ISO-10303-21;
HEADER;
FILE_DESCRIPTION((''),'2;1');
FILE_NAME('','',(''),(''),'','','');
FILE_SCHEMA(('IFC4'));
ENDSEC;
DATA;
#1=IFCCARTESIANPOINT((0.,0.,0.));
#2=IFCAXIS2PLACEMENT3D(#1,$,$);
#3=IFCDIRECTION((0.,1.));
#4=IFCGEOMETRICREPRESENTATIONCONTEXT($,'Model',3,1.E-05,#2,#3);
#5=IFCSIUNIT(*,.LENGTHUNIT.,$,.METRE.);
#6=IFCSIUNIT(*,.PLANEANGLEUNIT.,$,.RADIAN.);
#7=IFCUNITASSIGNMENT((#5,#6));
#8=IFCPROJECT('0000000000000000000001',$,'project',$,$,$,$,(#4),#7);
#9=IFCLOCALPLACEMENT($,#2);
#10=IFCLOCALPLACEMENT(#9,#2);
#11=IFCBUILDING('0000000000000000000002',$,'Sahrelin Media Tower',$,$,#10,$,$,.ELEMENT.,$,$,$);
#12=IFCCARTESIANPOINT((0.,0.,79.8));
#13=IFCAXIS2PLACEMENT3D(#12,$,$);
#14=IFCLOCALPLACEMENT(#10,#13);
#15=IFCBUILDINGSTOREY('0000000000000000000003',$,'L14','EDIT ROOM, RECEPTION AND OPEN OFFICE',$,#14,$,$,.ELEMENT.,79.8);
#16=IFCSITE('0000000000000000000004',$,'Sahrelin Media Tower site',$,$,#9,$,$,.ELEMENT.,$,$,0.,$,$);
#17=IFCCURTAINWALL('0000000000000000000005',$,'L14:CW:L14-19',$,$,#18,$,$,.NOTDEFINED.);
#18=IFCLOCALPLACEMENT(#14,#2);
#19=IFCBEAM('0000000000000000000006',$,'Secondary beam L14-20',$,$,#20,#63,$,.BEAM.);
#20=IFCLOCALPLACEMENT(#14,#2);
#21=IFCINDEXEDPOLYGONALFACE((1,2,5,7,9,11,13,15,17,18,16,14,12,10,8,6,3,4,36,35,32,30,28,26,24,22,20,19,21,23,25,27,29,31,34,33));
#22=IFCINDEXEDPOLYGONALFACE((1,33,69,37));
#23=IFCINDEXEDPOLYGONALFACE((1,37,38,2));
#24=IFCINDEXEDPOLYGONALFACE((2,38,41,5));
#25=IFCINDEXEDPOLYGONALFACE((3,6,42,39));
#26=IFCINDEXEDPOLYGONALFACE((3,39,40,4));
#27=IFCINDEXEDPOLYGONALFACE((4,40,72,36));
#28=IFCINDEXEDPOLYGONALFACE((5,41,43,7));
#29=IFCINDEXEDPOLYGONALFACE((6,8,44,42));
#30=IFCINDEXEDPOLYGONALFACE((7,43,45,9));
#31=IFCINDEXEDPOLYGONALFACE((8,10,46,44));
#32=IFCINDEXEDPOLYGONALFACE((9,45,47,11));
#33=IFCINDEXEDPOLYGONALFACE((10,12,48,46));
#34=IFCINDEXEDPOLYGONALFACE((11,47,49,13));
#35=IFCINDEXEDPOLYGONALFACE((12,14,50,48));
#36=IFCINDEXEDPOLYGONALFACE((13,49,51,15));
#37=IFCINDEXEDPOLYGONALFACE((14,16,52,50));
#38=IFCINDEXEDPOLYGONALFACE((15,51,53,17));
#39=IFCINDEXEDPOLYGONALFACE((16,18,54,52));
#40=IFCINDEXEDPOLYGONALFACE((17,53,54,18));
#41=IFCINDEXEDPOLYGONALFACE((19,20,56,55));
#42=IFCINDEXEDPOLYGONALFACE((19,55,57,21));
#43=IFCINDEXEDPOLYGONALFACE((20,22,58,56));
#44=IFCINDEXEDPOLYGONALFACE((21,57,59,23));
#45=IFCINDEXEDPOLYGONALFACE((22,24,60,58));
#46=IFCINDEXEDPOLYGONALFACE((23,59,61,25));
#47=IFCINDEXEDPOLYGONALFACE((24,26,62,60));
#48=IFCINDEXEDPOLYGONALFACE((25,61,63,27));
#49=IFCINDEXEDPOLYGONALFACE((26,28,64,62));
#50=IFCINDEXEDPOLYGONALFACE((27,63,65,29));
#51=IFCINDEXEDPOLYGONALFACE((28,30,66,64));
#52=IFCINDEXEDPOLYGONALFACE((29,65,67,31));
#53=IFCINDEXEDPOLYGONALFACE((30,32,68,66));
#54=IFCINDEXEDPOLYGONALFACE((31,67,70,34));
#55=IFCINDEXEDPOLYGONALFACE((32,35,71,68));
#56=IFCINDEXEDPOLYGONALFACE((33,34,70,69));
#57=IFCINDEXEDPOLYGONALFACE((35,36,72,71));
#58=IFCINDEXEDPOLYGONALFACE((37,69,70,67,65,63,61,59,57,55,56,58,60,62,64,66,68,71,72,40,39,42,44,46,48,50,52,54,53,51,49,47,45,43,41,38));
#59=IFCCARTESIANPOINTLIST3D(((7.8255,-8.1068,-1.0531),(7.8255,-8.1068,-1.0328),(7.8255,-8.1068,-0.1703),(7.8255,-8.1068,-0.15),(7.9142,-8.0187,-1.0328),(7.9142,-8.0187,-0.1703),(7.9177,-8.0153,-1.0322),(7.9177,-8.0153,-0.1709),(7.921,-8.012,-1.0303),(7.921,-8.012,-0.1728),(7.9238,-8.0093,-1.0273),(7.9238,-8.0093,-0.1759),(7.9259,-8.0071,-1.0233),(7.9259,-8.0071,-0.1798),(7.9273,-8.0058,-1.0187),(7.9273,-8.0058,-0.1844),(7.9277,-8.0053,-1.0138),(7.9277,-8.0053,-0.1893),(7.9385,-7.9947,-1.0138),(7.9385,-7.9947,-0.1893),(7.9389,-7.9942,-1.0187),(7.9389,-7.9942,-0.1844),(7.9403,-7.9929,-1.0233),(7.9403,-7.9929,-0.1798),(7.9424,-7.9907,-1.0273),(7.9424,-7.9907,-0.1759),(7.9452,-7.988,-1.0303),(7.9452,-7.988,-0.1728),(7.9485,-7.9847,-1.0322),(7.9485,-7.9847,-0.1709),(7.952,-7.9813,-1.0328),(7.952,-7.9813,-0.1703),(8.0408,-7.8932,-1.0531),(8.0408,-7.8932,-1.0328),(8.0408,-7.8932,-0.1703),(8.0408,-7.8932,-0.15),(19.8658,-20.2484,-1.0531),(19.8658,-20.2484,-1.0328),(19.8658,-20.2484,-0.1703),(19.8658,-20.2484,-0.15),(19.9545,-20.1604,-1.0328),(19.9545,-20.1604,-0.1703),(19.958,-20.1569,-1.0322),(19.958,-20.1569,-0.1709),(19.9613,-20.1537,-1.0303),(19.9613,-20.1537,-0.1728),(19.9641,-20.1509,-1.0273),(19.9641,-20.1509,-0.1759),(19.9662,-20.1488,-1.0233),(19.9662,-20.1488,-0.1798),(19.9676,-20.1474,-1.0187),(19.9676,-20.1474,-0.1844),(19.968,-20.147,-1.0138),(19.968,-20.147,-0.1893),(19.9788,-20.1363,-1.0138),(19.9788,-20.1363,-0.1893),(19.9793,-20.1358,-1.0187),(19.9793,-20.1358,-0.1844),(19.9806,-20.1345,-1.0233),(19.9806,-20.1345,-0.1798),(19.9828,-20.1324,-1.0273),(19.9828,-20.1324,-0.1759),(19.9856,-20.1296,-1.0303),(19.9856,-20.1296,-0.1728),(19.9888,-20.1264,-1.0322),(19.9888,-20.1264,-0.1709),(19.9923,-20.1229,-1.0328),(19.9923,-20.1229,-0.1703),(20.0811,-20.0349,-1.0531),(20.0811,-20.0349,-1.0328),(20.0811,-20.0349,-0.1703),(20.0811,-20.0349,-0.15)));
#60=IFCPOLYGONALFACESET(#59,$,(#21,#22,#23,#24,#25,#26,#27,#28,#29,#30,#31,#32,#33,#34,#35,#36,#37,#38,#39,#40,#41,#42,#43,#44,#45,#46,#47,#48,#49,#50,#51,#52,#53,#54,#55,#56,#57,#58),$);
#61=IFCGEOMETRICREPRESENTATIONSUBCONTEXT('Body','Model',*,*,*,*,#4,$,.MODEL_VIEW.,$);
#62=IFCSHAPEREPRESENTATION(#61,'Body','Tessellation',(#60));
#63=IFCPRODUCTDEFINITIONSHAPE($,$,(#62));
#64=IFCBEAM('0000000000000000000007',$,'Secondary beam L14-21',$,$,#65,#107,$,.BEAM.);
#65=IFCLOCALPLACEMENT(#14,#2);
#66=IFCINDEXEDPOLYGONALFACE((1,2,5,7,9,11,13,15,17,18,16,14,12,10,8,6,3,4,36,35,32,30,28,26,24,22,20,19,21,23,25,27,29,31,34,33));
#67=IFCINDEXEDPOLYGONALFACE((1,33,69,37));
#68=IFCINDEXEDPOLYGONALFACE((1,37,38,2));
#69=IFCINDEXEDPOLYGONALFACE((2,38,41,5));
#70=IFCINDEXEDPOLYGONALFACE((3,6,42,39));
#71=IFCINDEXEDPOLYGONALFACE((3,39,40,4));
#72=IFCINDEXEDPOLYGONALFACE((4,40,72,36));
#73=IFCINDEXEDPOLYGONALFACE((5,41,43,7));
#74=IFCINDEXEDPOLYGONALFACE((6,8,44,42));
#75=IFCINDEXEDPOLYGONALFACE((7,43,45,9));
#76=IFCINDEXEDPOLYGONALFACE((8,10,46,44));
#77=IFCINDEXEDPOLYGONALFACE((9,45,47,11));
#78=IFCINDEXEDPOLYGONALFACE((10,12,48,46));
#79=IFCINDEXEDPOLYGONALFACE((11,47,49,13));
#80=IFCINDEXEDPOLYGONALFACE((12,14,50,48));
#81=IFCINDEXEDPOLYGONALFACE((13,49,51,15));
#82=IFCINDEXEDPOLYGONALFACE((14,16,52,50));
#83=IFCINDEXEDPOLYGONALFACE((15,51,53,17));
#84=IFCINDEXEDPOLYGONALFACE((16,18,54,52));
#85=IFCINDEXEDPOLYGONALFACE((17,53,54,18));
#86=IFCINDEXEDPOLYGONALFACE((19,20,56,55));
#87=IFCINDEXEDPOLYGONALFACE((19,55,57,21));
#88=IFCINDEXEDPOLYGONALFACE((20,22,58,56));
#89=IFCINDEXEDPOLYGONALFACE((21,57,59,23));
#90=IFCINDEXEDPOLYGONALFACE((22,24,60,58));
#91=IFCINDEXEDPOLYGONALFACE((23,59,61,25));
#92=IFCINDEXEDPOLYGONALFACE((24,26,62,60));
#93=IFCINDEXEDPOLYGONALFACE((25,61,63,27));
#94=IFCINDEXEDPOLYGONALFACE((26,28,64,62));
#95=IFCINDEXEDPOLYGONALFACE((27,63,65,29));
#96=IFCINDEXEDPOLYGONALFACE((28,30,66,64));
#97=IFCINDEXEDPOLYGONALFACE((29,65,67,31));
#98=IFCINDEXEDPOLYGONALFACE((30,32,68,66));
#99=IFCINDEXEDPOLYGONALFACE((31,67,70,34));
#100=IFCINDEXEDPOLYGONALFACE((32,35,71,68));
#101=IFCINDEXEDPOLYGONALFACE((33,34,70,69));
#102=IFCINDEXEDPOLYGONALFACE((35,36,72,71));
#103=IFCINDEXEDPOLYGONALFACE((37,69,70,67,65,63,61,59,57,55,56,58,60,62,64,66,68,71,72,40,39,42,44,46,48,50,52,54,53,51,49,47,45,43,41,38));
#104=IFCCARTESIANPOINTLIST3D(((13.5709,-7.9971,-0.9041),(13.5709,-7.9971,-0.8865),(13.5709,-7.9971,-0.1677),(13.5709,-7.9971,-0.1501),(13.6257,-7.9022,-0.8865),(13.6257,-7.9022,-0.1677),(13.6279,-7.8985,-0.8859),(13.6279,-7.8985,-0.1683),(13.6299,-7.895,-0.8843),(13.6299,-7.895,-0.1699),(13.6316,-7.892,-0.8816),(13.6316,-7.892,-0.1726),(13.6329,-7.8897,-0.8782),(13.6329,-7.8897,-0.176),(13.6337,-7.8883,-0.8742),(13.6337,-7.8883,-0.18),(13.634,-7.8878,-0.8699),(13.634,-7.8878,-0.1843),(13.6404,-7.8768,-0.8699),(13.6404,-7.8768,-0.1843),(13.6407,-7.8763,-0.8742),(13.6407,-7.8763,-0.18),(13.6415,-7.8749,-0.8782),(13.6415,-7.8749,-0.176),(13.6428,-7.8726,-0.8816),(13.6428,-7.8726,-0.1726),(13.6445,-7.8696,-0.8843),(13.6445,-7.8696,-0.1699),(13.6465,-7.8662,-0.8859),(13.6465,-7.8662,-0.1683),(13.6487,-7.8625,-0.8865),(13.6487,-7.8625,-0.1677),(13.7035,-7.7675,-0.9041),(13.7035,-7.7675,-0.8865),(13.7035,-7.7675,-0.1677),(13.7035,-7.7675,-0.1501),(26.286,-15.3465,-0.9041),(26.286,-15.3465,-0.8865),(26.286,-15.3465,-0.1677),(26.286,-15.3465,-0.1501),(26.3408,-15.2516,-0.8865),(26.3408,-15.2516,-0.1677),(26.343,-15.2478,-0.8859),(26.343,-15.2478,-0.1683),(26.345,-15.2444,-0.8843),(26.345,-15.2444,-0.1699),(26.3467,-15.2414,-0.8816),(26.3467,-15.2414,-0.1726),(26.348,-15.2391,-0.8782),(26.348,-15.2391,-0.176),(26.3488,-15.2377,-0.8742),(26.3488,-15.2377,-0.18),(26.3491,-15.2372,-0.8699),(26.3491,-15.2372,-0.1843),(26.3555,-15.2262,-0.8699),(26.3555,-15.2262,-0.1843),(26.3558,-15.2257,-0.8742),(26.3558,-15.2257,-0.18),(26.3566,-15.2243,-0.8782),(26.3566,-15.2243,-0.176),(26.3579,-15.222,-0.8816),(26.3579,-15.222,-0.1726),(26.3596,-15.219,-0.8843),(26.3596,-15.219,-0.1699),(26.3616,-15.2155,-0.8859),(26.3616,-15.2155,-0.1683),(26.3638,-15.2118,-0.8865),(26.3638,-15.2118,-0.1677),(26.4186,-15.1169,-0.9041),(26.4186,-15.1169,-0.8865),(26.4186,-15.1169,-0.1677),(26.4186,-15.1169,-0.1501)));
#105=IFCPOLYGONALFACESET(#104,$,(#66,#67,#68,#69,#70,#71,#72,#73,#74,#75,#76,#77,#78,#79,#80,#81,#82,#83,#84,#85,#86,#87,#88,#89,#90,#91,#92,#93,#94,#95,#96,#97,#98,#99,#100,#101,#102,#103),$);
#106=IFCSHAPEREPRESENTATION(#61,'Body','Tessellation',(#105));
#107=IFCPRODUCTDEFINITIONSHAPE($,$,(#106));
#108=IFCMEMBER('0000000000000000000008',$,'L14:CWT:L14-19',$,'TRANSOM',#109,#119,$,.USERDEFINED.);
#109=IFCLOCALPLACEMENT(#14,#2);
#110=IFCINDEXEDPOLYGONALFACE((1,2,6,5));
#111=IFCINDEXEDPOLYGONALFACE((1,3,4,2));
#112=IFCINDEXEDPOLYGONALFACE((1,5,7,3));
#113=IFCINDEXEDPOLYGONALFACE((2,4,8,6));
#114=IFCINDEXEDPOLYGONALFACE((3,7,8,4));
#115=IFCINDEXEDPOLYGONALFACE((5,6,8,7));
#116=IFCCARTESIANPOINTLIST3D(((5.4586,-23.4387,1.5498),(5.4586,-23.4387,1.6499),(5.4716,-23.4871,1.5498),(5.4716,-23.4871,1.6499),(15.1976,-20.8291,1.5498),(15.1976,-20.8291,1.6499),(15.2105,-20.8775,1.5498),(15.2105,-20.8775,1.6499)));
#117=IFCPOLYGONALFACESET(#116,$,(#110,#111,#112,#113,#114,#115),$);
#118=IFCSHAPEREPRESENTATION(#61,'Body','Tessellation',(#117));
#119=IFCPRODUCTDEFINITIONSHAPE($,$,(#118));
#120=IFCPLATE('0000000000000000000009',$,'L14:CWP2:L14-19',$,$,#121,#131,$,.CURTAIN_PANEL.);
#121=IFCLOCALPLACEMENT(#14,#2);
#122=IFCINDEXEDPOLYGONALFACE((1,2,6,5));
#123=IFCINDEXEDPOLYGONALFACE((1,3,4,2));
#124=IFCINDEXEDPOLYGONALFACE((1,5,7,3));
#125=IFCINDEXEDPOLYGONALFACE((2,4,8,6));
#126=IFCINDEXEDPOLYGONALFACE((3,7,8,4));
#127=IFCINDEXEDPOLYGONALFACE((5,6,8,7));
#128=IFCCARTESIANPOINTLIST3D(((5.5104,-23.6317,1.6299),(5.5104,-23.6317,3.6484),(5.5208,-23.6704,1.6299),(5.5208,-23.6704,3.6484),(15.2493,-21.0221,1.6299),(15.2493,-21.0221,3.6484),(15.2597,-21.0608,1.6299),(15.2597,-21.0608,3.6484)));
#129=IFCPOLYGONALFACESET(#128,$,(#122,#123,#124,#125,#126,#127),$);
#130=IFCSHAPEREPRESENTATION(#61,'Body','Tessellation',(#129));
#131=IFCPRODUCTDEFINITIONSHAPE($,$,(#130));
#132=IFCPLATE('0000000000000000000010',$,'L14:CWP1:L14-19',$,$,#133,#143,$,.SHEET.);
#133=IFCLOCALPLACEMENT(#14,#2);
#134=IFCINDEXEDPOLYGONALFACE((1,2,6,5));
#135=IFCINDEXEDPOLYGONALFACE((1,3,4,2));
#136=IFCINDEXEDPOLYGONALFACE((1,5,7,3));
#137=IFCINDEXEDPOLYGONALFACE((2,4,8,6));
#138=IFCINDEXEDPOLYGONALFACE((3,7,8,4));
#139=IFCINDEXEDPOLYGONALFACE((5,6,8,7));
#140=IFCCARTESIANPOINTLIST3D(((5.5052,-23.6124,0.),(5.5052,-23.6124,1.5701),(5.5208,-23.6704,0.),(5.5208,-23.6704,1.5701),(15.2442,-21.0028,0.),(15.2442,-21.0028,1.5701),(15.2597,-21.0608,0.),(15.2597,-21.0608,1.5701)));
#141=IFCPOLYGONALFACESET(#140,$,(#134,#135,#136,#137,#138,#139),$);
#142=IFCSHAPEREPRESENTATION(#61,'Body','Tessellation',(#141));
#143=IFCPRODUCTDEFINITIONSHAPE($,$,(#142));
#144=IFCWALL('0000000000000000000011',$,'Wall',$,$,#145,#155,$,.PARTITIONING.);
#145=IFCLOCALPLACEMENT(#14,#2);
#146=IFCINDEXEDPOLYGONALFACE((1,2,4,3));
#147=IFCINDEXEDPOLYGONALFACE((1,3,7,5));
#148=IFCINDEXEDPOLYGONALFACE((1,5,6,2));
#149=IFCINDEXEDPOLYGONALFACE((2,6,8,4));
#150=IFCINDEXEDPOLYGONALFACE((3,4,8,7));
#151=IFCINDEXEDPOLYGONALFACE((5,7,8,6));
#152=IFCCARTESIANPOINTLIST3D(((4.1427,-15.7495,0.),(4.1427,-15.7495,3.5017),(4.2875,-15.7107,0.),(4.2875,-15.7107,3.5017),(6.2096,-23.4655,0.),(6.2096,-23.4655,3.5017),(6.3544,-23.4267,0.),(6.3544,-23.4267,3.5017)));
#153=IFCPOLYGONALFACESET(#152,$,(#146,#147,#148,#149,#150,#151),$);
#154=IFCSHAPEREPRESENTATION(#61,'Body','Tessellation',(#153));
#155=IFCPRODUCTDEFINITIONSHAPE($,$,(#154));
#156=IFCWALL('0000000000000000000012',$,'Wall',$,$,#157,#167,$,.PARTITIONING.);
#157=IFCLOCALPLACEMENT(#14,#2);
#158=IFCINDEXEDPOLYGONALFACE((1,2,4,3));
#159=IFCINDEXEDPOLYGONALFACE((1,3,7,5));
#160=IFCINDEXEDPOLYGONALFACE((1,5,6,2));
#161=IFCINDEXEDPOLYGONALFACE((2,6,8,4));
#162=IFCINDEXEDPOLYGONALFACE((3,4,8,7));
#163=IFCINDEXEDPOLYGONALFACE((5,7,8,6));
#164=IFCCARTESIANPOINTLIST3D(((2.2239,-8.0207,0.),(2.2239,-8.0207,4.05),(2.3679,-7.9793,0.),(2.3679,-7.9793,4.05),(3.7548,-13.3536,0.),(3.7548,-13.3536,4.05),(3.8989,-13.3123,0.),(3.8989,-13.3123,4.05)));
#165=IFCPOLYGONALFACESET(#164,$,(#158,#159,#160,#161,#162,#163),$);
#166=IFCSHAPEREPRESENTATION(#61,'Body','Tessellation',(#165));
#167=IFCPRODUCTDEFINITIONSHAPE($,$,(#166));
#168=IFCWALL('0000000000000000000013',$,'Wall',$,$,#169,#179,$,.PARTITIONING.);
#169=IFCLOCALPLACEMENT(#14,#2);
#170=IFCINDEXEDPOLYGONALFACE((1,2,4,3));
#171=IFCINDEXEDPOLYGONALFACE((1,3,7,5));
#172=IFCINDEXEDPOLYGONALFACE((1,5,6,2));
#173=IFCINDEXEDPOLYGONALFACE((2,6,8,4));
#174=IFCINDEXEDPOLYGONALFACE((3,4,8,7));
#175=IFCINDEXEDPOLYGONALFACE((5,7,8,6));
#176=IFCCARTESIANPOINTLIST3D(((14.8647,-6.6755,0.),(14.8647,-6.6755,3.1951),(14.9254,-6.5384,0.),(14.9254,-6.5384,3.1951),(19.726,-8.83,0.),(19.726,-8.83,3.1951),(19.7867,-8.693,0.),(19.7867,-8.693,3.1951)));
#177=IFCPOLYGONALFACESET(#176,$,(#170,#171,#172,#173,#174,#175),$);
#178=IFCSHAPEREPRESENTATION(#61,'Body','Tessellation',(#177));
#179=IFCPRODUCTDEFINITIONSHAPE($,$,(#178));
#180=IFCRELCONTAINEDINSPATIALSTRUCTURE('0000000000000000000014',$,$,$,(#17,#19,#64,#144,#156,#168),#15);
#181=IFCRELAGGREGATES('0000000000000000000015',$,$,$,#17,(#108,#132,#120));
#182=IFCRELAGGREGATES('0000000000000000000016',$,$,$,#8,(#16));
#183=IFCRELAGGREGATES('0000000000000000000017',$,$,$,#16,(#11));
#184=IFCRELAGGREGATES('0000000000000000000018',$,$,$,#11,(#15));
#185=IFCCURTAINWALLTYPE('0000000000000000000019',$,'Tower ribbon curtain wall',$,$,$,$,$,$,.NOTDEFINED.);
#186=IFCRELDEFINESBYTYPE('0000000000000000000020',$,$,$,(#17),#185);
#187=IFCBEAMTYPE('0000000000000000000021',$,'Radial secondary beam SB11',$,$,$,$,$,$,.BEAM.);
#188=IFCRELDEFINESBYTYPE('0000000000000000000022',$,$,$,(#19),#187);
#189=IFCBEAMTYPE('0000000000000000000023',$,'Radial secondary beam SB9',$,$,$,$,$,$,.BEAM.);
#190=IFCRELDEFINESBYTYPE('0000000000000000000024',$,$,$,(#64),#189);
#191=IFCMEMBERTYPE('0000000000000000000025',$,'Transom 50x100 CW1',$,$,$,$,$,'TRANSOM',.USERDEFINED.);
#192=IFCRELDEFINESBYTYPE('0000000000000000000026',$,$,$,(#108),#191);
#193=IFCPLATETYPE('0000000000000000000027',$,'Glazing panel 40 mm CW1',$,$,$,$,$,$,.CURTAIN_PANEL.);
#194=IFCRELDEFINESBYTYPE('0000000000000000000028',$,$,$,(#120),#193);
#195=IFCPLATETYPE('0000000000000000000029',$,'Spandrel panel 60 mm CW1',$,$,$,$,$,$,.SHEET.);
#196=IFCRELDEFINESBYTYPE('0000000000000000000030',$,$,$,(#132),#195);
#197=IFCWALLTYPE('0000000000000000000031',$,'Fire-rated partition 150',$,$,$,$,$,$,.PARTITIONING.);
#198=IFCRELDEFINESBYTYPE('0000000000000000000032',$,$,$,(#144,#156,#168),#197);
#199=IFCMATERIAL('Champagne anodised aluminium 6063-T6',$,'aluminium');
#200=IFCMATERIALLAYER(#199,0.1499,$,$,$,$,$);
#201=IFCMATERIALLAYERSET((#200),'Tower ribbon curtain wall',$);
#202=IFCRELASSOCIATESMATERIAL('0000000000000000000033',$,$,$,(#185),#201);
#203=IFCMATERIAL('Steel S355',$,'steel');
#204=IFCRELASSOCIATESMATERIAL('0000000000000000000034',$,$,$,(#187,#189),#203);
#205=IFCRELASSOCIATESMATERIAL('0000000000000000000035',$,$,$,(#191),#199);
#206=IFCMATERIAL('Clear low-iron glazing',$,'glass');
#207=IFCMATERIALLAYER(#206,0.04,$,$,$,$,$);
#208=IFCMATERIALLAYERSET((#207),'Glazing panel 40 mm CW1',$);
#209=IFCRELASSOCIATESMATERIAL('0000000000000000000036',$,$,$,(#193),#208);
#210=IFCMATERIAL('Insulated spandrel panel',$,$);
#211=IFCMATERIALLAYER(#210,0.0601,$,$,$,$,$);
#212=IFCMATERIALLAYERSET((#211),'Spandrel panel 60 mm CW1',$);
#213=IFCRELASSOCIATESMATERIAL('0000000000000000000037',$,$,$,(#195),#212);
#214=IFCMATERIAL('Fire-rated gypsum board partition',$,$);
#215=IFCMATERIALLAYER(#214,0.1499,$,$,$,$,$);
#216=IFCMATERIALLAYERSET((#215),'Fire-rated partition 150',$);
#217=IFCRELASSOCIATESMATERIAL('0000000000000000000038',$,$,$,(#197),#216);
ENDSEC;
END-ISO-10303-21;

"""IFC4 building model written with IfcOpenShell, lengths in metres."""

from ifc_helpers import new_model, si_unit, direction, frame, frame_2d, origin, origin_2d, place, context, subcontext, project, spatial, polyline, rectangle, i_section, outline, extrude, material, layer, layer_set, material_profile, profile_set, type_object, element, aggregate, save


model = new_model("IFC4")

# Units and contexts
model_context = context("Model", 3, precision=1e-05, world=origin(), true_north=direction((0.0, 1.0)))
body_context = subcontext(model_context, "Body", "Model", "MODEL_VIEW")
ifc_project = project(units=[si_unit("LENGTHUNIT", "METRE"), si_unit("PLANEANGLEUNIT", "RADIAN")], contexts=[model_context])

# Site, building, storey
site_placement = place(None, origin())
site = spatial("IfcSite", under=ifc_project, at=site_placement, Name="Sahrelin Media Tower site", CompositionType="ELEMENT", RefElevation=0.0)
building_placement = place(site_placement, origin())
building = spatial("IfcBuilding", under=site, at=building_placement, Name="Sahrelin Media Tower", CompositionType="ELEMENT")
storey_placement = place(building_placement, frame((0.0, 0.0, 79.8)))
storey = spatial("IfcBuildingStorey", under=building, at=storey_placement, Name="L14", Description="EDIT ROOM, RECEPTION AND OPEN OFFICE", CompositionType="ELEMENT", Elevation=79.8)

# Shared definitions
ifc_material_1 = material(Name="Steel S355", Category="steel")

# Curtain wall
ifc_material_2 = material(Name="Champagne anodised aluminium 6063-T6", Category="aluminium")
ifc_layer_1 = layer(ifc_material_2, 0.1499)
ifc_layer_set_1 = layer_set([ifc_layer_1], Name="Tower ribbon curtain wall")
curtain_wall_type = type_object("IfcCurtainWallType", Name="Tower ribbon curtain wall", PredefinedType="NOTDEFINED", material=ifc_layer_set_1)
curtain_wall_1_placement = place(storey_placement, frame((10.385, -22.3464, 0.0), z_axis=(0.0, 0.0, 1.0), x_axis=(1.0, 0.0, 0.0)))
curtain_wall_1 = element("IfcCurtainWall", 1, at=curtain_wall_1_placement, inside=storey, type_object=curtain_wall_type, Name="L14:CW:L14-19", PredefinedType="NOTDEFINED")

# Beams
ifc_material_profile_1 = material_profile(ifc_material_1, i_section(OverallWidth=0.3032, OverallDepth=0.9031, WebThickness=0.0151, FlangeThickness=0.0203, FilletRadius=0.019, at=origin_2d()), Name="UB 914x305x201")
ifc_profile_set_1 = profile_set([ifc_material_profile_1], Name="Steel S355")
beam_type_1 = type_object("IfcBeamType", Name="Radial secondary beam SB11", PredefinedType="BEAM", material=ifc_profile_set_1)
beam_1_placement = place(storey_placement, frame((7.9331, -8.0, -0.6016), z_axis=(0.704138, -0.710063, 0.0), x_axis=(0.710063, 0.704138, 0.0)))
element("IfcBeam", 2, at=beam_1_placement, inside=storey, type_object=beam_type_1, Name="Secondary beam L14-20", PredefinedType="BEAM", context=body_context, shape_type="SweptSolid", body=[
    extrude(i_section(OverallWidth=0.3032, OverallDepth=0.9031, WebThickness=0.0151, FlangeThickness=0.0203, FilletRadius=0.019, at=origin_2d()), origin(), (0.0, 0.0, 1.0), 17.0994),
])
ifc_material_profile_2 = material_profile(ifc_material_1, i_section(OverallWidth=0.2651, OverallDepth=0.7539, WebThickness=0.0127, FlangeThickness=0.0176, FilletRadius=0.0166, at=origin_2d()), Name="UB 762x267x147")
ifc_profile_set_2 = profile_set([ifc_material_profile_2], Name="Steel S355")
beam_type_2 = type_object("IfcBeamType", Name="Radial secondary beam SB9", PredefinedType="BEAM", material=ifc_profile_set_2)
beam_2_placement = place(storey_placement, frame((13.6372, -7.8823, -0.5271), z_axis=(0.86578, -0.500424, 0.0), x_axis=(0.500424, 0.86578, 0.0)))
element("IfcBeam", 3, at=beam_2_placement, inside=storey, type_object=beam_type_2, Name="Secondary beam L14-21", PredefinedType="BEAM", context=body_context, shape_type="SweptSolid", body=[
    extrude(i_section(OverallWidth=0.2651, OverallDepth=0.7539, WebThickness=0.0127, FlangeThickness=0.0176, FilletRadius=0.0166, at=origin_2d()), origin(), (0.0, 0.0, 1.0), 14.6863),
])

# Member
ifc_material_profile_3 = material_profile(ifc_material_2, rectangle(XDim=0.05, YDim=0.1001, at=origin_2d()), Name="Transom 50x100")
ifc_profile_set_3 = profile_set([ifc_material_profile_3], Name="Champagne anodised aluminium 6063-T6")
member_type_1 = type_object("IfcMemberType", Name="Transom 50x100 CW1", ElementType="TRANSOM", PredefinedType="USERDEFINED", material=ifc_profile_set_3)
member_1_placement = place(storey_placement, frame((5.4651, -23.4629, 1.5999), z_axis=(0.965924, 0.258824, 0.0), x_axis=(-0.258824, 0.965924, 0.0)))
member_1 = element("IfcMember", 4, at=member_1_placement, type_object=member_type_1, Name="L14:CWT:L14-19", ObjectType="TRANSOM", PredefinedType="USERDEFINED", context=body_context, shape_type="SweptSolid", body=[
    extrude(rectangle(XDim=0.05, YDim=0.1001, at=origin_2d()), origin(), (0.0, 0.0, 1.0), 10.0825),
])

# Plates
ifc_material_3 = material(Name="Clear low-iron glazing", Category="glass")
ifc_layer_2 = layer(ifc_material_3, 0.04)
ifc_layer_set_2 = layer_set([ifc_layer_2], Name="Glazing panel 40 mm CW1")
plate_type_1 = type_object("IfcPlateType", Name="Glazing panel 40 mm CW1", PredefinedType="CURTAIN_PANEL", material=ifc_layer_set_2)
plate_1_placement = place(storey_placement, frame((5.5208, -23.6704, 1.6299), z_axis=(0.258824, -0.965924, 0.0), x_axis=(0.965924, 0.258824, 0.0)))
plate_1 = element("IfcPlate", 5, at=plate_1_placement, type_object=plate_type_1, Name="L14:CWP2:L14-19", PredefinedType="CURTAIN_PANEL", context=body_context, shape_type="SweptSolid", body=[
    extrude(outline(polyline([(0.0, 0.0), (10.0825, 0.0), (10.0825, 2.0186), (0.0, 2.0186), (0.0, 0.0)])), origin(), (0.0, 0.0, -1.0), 0.04),
])
ifc_material_4 = material(Name="Insulated spandrel panel")
ifc_layer_3 = layer(ifc_material_4, 0.0601)
ifc_layer_set_3 = layer_set([ifc_layer_3], Name="Spandrel panel 60 mm CW1")
plate_type_2 = type_object("IfcPlateType", Name="Spandrel panel 60 mm CW1", PredefinedType="SHEET", material=ifc_layer_set_3)
plate_2_placement = place(storey_placement, frame((5.5208, -23.6704, 0.0), z_axis=(0.258824, -0.965924, 0.0), x_axis=(0.965924, 0.258824, 0.0)))
plate_2 = element("IfcPlate", 6, at=plate_2_placement, type_object=plate_type_2, Name="L14:CWP1:L14-19", PredefinedType="SHEET", context=body_context, shape_type="SweptSolid", body=[
    extrude(outline(polyline([(0.0, 0.0), (10.0825, 0.0), (10.0825, 1.5701), (0.0, 1.5701), (0.0, 0.0)])), origin(), (0.0, 0.0, -1.0), 0.0601),
])
aggregate(curtain_wall_1, [member_1, plate_2, plate_1])

# Walls
ifc_material_5 = material(Name="Fire-rated gypsum board partition")
ifc_layer_4 = layer(ifc_material_5, 0.1499)
ifc_layer_set_4 = layer_set([ifc_layer_4], Name="Fire-rated partition 150")
wall_type_1 = type_object("IfcWallType", Name="Fire-rated partition 150", PredefinedType="PARTITIONING", material=ifc_layer_set_4)
wall_1_placement = place(storey_placement, frame((4.2151, -15.73, 0.0), z_axis=(0.0, 0.0, 1.0), x_axis=(0.258747, -0.965945, 0.0)))
element("IfcWall", 7, at=wall_1_placement, inside=storey, type_object=wall_type_1, Name="Wall", PredefinedType="PARTITIONING", context=body_context, shape_type="SweptSolid", body=[
    extrude(rectangle(XDim=7.988, YDim=0.1499, at=frame_2d((3.9941, 0.0))), origin(), (0.0, 0.0, 1.0), 3.5017),
])
wall_2_placement = place(storey_placement, frame((2.2959, -8.0, 0.0), z_axis=(0.0, 0.0, 1.0), x_axis=(0.275936, -0.961176, 0.0)))
element("IfcWall", 8, at=wall_2_placement, inside=storey, type_object=wall_type_1, Name="Wall", PredefinedType="PARTITIONING", context=body_context, shape_type="SweptSolid", body=[
    extrude(rectangle(XDim=5.5483, YDim=0.1499, at=frame_2d((2.7742, 0.0))), origin(), (0.0, 0.0, 1.0), 4.05),
])
wall_3_placement = place(storey_placement, frame((14.895, -6.6069, 0.0), z_axis=(0.0, 0.0, 1.0), x_axis=(0.914233, -0.405188, 0.0)))
element("IfcWall", 9, at=wall_3_placement, inside=storey, type_object=wall_type_1, Name="Wall", PredefinedType="PARTITIONING", context=body_context, shape_type="SweptSolid", body=[
    extrude(rectangle(XDim=5.3174, YDim=0.1499, at=frame_2d((2.6587, 0.0))), origin(), (0.0, 0.0, 1.0), 3.1951),
])

save(model, "model.ifc")
